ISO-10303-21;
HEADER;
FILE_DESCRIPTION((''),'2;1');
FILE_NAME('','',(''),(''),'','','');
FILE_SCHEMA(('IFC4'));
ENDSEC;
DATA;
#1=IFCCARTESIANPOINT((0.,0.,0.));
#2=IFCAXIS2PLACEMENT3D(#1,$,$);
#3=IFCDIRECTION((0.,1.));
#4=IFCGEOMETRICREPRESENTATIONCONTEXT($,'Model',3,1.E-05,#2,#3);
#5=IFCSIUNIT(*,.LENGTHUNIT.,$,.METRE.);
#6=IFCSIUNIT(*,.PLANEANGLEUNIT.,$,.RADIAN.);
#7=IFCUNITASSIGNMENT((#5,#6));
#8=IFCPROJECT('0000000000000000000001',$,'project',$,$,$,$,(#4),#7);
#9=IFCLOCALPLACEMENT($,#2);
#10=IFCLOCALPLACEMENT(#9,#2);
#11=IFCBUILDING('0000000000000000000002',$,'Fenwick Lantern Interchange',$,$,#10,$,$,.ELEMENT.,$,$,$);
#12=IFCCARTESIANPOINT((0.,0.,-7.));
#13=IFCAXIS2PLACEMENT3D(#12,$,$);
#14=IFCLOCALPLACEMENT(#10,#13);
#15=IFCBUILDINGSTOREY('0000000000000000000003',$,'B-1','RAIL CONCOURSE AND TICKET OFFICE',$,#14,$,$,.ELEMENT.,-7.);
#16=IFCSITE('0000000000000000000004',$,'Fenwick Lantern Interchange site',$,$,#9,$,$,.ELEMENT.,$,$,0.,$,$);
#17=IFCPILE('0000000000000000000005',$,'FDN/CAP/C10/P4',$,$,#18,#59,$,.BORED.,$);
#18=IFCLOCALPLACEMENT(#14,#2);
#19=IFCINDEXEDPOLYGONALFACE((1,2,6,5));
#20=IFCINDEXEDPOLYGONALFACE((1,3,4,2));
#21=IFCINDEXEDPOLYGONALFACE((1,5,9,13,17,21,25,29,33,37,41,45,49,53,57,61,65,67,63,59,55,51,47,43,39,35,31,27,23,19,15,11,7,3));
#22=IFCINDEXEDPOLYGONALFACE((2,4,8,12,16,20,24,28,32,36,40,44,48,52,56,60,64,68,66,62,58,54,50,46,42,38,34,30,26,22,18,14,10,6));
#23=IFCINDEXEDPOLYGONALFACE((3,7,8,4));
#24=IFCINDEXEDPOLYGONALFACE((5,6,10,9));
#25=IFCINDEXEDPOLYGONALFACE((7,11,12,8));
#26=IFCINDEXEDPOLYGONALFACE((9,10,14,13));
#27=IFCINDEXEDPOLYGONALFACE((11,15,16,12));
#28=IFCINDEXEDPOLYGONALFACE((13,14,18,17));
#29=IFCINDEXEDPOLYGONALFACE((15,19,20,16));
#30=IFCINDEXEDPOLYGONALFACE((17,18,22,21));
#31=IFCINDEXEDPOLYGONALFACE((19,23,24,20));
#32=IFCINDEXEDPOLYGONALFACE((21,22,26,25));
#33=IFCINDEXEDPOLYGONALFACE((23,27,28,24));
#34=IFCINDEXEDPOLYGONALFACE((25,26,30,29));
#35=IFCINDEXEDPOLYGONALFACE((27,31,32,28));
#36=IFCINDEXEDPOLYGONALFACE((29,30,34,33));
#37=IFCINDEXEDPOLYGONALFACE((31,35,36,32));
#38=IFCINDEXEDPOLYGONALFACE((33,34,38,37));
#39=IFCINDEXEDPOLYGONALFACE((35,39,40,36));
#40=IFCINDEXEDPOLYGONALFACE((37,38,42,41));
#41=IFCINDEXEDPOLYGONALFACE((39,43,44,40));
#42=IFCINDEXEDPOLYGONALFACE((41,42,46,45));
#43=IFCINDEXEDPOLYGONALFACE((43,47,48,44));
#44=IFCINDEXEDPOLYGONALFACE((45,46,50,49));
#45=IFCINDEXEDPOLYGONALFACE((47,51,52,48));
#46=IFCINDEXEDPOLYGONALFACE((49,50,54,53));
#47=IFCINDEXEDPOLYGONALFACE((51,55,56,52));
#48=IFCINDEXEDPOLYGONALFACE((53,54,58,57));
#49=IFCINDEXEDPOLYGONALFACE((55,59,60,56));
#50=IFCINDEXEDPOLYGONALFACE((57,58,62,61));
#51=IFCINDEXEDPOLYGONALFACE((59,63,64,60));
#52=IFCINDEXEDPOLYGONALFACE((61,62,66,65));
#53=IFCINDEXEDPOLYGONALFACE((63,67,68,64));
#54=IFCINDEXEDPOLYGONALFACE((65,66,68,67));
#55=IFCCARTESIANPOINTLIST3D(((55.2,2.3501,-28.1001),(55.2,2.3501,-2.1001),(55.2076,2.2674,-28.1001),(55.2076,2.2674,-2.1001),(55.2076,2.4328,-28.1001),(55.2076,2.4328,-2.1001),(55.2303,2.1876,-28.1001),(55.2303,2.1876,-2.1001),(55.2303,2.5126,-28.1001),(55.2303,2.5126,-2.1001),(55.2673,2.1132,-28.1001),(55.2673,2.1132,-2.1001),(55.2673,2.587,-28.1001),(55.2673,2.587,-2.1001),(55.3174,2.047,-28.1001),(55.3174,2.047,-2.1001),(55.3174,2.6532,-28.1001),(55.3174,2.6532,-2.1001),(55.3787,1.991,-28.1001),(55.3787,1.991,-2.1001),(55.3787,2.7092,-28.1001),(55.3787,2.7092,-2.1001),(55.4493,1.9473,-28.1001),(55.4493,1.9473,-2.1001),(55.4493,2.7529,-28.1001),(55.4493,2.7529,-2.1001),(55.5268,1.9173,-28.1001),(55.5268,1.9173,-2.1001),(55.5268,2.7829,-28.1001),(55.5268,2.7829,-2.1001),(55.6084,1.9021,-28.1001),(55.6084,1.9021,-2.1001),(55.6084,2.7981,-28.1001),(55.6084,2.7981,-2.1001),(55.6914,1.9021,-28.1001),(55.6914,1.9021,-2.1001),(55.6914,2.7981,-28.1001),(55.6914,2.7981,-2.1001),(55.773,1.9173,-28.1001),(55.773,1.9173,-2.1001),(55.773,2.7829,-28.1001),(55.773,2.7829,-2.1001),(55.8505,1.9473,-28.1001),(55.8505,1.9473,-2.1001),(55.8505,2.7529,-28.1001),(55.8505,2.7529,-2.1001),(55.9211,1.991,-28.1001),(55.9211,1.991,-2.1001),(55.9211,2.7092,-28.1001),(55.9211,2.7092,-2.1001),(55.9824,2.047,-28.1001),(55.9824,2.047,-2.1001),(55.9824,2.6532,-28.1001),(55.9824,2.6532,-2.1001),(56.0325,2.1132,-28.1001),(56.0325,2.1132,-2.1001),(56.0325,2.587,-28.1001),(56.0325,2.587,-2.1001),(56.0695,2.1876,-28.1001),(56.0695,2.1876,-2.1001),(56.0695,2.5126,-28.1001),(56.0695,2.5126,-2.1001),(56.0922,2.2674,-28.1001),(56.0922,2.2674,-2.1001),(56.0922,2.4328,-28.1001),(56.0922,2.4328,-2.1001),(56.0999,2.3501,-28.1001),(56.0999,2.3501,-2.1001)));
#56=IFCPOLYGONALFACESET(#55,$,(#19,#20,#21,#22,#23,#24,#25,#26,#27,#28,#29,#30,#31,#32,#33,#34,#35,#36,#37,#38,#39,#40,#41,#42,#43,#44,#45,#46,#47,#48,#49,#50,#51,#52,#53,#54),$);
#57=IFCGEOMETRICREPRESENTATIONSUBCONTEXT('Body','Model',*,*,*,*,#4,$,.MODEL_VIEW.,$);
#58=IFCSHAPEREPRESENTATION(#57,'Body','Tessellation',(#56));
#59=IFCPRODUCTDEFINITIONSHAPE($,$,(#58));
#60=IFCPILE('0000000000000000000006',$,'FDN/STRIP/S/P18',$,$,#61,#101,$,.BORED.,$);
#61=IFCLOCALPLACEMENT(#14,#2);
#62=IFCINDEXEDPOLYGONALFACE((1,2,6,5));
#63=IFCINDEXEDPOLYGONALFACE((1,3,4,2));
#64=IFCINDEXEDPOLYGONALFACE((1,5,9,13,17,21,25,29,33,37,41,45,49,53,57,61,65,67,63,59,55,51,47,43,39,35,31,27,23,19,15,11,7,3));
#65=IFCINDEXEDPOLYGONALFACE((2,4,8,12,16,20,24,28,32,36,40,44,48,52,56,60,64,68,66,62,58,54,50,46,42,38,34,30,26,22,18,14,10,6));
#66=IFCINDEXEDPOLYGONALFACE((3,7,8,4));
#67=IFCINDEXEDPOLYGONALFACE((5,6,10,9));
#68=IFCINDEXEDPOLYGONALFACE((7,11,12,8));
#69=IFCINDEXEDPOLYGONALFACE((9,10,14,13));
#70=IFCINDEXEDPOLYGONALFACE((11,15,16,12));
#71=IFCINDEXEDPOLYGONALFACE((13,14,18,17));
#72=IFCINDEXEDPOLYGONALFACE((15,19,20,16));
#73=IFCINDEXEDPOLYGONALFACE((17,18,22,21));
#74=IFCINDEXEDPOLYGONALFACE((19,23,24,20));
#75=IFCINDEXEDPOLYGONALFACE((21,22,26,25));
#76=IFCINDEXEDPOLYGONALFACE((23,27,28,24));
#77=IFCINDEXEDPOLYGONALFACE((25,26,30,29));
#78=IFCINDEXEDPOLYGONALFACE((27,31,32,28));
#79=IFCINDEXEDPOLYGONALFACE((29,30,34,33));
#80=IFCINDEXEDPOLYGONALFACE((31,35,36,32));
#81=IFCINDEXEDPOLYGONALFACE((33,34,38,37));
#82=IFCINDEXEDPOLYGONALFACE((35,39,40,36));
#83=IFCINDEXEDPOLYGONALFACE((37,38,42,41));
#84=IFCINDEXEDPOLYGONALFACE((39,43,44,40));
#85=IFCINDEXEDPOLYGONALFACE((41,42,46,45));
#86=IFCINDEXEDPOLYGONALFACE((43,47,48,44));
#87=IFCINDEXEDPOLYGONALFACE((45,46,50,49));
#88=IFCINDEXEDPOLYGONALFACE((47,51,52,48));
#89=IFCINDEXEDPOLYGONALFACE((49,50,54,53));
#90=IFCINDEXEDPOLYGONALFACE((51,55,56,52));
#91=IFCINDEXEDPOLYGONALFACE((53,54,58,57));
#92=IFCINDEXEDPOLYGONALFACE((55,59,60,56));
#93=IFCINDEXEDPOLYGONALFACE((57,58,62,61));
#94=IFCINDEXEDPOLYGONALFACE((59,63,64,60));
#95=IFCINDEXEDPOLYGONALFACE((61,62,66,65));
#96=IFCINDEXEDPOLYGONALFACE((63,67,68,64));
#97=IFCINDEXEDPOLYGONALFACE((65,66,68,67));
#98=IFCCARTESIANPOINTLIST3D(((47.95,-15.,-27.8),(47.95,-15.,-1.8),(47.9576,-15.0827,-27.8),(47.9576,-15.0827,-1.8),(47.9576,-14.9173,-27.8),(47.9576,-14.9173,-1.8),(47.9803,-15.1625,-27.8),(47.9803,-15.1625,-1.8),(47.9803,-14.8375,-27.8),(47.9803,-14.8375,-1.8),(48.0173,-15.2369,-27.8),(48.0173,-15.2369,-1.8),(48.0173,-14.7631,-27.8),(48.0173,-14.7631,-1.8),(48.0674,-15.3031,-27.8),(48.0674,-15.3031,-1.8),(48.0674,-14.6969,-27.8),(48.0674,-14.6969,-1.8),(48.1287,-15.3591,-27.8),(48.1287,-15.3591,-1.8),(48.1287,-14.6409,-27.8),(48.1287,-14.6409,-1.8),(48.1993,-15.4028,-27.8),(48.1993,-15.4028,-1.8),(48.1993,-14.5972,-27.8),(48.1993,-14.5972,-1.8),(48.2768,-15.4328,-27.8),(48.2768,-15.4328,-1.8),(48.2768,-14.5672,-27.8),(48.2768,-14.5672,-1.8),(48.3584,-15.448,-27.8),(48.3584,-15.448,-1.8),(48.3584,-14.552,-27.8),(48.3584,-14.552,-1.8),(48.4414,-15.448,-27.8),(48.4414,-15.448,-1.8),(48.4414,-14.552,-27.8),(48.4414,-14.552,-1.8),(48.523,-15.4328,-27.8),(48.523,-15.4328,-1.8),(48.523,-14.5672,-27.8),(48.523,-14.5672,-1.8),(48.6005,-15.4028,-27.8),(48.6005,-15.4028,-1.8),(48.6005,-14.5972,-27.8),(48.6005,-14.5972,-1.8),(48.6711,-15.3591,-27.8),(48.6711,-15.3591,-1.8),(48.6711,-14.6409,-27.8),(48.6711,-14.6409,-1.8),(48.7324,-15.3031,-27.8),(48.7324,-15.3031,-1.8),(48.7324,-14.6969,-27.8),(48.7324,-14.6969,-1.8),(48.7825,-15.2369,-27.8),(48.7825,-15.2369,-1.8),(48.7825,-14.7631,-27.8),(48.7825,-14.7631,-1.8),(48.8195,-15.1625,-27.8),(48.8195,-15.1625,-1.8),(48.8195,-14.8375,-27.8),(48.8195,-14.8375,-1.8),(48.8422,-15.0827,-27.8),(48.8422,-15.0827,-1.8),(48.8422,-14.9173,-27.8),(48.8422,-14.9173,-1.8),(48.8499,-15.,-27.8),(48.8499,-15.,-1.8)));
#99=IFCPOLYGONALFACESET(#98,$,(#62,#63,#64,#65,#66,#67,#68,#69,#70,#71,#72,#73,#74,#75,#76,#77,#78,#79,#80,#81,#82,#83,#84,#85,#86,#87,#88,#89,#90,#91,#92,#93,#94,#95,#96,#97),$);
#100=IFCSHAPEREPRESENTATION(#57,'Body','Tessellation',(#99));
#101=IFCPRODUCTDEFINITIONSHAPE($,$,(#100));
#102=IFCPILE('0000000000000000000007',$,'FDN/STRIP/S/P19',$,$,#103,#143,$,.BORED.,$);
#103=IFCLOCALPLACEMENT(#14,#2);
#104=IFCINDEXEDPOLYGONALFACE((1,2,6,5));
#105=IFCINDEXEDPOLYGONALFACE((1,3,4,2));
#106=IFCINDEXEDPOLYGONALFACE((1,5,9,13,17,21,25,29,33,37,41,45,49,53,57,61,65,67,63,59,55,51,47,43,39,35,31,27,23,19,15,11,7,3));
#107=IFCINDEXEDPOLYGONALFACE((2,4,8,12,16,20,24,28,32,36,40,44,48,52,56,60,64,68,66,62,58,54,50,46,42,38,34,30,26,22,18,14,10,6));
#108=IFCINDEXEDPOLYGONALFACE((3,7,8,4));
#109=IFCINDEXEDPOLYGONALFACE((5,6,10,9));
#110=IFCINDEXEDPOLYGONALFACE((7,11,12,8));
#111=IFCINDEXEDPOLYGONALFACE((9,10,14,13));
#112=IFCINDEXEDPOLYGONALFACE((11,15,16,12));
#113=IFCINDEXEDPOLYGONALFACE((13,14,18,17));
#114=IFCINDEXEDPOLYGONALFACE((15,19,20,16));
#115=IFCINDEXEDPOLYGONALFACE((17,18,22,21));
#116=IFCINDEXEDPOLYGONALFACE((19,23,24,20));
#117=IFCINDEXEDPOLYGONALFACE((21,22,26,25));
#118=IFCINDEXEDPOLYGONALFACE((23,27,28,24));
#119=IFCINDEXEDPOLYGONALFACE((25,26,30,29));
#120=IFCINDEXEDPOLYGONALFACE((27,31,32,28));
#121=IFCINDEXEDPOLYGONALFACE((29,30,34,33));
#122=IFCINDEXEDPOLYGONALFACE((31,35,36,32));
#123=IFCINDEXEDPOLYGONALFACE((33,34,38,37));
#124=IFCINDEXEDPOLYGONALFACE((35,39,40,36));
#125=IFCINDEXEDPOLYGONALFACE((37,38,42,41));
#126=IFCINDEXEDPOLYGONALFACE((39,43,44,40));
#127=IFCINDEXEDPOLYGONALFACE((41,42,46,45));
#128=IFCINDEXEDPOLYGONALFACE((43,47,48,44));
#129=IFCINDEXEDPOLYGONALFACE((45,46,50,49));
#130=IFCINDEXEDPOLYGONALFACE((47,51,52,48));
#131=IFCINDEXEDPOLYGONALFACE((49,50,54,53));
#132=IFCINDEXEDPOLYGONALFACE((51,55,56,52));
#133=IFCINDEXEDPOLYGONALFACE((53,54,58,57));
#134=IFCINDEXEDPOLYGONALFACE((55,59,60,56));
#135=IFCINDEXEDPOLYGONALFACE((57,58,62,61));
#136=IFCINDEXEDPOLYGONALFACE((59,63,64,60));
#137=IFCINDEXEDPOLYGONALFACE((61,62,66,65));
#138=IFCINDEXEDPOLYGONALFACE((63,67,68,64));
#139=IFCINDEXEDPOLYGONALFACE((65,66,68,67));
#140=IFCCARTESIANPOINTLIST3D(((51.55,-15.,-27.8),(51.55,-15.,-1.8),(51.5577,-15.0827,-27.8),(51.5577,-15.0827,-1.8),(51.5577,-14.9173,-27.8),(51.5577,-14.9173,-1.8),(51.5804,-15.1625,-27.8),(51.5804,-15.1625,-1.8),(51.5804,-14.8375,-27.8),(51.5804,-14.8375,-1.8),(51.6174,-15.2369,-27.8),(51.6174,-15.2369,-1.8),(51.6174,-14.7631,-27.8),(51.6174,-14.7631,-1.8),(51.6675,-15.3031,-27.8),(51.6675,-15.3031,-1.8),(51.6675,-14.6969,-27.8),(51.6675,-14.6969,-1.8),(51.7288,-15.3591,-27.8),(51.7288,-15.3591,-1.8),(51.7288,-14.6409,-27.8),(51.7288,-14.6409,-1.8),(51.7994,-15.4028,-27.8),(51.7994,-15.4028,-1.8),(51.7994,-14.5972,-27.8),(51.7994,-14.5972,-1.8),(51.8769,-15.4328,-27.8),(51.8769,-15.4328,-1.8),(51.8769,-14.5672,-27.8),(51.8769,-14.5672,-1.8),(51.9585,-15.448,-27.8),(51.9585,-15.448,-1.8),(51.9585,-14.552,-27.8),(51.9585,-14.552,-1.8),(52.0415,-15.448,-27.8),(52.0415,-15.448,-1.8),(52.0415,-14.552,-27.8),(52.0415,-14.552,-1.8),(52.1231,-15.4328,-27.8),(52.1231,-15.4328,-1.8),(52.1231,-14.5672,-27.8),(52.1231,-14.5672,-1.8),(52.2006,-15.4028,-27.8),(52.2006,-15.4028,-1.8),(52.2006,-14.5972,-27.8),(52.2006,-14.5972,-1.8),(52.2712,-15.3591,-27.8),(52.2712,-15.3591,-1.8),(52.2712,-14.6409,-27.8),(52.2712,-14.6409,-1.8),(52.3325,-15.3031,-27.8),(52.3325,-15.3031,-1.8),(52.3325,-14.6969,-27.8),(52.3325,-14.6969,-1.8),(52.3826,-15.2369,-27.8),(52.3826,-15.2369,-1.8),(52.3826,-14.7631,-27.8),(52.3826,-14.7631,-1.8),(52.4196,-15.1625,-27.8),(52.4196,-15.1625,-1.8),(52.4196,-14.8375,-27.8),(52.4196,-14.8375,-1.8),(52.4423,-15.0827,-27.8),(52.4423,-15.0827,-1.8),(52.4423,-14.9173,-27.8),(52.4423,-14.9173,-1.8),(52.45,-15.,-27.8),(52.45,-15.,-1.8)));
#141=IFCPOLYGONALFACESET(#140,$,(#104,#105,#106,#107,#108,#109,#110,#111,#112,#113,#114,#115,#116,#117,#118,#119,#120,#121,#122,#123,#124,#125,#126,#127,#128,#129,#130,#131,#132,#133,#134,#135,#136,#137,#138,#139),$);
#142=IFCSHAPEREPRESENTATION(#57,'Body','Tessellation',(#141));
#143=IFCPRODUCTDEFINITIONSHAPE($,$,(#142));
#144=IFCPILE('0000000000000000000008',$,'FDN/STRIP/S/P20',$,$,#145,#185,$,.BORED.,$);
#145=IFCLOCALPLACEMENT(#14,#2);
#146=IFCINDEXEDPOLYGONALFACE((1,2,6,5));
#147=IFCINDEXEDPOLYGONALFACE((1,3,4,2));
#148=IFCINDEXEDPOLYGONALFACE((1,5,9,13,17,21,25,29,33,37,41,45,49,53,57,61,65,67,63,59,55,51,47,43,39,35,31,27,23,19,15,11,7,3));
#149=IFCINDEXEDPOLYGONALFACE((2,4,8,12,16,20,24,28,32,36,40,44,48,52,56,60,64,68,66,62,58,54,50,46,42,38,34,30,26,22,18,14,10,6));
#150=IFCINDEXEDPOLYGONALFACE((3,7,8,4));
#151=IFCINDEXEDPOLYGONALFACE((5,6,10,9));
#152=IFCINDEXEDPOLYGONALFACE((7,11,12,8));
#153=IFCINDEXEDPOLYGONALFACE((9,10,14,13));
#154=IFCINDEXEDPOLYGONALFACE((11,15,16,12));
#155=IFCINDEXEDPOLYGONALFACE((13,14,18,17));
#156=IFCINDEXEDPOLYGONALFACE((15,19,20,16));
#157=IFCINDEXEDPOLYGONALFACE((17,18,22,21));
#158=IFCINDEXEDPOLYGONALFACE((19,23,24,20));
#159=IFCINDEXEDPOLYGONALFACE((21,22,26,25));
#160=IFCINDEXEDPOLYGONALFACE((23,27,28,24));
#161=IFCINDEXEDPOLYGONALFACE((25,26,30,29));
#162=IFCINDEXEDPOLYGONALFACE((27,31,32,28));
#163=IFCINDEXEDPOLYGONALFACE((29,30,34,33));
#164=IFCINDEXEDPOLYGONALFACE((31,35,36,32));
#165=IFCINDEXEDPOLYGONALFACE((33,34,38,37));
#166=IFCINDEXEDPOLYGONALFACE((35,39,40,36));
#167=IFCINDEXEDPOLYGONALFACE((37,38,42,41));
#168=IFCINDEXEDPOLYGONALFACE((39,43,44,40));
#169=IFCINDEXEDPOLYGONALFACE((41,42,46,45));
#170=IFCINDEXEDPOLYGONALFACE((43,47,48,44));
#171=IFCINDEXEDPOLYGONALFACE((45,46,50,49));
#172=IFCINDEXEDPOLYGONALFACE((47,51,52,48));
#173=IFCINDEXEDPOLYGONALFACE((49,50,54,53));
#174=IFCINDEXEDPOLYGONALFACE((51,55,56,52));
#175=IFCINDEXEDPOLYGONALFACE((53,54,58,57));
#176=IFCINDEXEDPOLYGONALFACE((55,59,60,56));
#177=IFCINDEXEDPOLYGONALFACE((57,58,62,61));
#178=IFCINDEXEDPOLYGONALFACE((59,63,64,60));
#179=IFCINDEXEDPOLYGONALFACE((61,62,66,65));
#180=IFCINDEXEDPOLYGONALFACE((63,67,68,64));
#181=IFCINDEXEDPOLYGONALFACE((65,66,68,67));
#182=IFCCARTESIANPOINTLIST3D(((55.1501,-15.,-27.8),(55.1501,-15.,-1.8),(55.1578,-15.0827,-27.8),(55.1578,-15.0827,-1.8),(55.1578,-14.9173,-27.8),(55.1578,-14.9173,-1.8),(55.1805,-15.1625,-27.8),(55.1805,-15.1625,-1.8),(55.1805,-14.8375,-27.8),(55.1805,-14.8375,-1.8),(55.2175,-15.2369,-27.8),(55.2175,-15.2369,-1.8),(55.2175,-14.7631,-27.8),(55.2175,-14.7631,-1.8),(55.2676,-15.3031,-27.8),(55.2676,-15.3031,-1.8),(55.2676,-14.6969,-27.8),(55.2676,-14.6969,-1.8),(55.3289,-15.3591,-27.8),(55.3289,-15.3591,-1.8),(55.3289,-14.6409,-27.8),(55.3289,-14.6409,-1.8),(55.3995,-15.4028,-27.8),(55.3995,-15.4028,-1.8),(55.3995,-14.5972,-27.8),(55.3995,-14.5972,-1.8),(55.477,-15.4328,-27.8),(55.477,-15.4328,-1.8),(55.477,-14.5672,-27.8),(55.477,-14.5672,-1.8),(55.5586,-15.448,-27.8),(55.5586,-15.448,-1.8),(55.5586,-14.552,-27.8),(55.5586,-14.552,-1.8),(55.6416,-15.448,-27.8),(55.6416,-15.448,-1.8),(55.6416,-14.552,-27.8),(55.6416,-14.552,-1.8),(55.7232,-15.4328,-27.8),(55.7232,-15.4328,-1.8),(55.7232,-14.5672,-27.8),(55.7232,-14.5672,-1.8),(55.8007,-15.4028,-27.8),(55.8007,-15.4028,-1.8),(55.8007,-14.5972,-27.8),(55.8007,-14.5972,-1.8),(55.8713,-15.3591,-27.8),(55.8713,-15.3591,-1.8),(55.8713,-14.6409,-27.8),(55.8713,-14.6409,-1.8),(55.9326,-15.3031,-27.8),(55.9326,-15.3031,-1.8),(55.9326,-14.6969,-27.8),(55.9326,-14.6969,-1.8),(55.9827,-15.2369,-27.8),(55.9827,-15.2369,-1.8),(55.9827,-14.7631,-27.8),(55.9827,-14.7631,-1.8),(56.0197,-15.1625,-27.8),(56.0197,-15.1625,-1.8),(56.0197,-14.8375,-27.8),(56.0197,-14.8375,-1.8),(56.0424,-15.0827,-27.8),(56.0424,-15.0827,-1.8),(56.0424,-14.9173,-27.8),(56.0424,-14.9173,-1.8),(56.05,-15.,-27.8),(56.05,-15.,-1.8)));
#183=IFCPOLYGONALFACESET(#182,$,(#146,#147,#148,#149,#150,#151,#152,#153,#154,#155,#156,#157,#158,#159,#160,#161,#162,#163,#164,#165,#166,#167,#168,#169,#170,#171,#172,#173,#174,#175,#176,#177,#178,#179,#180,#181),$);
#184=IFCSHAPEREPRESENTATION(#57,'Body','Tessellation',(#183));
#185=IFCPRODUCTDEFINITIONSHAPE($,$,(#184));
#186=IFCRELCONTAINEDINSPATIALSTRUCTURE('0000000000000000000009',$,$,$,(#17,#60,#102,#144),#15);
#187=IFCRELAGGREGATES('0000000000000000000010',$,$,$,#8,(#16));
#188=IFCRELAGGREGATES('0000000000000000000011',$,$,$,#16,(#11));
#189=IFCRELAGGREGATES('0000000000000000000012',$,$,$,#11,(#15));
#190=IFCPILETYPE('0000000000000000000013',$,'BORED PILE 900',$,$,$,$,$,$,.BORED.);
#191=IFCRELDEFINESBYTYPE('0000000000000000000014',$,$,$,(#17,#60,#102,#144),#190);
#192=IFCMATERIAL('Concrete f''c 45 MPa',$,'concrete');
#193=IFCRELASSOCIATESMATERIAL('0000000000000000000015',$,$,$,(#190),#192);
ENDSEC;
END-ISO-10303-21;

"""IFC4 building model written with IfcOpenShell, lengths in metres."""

from ifc_helpers import new_model, si_unit, direction, frame, origin, origin_2d, place, context, subcontext, project, spatial, circle, extrude, material, type_object, element, save


model = new_model("IFC4")

# Units and contexts
model_context = context("Model", 3, precision=1e-05, world=origin(), true_north=direction((0.0, 1.0)))
body_context = subcontext(model_context, "Body", "Model", "MODEL_VIEW")
ifc_project = project(units=[si_unit("LENGTHUNIT", "METRE"), si_unit("PLANEANGLEUNIT", "RADIAN")], contexts=[model_context])

# Site, building, storey
site_placement = place(None, origin())
site = spatial("IfcSite", under=ifc_project, at=site_placement, Name="Fenwick Lantern Interchange site", CompositionType="ELEMENT", RefElevation=0.0)
building_placement = place(site_placement, origin())
building = spatial("IfcBuilding", under=site, at=building_placement, Name="Fenwick Lantern Interchange", CompositionType="ELEMENT")
storey_placement = place(building_placement, frame((0.0, 0.0, -7.0)))
storey = spatial("IfcBuildingStorey", under=building, at=storey_placement, Name="B-1", Description="RAIL CONCOURSE AND TICKET OFFICE", CompositionType="ELEMENT", Elevation=-7.0)

# Piles
ifc_material_1 = material(Name="Concrete f'c 45 MPa", Category="concrete")
pile_type_1 = type_object("IfcPileType", Name="BORED PILE 900", PredefinedType="BORED", material=ifc_material_1)
for number, where, z_axis, x_axis, name in (
    (1, (55.6499, 2.3501, -2.1001), (0.0, 0.0, -1.0), (1.0, 0.0, 0.0), "FDN/CAP/C10/P4"),
    (2, (48.3999, -15.0, -1.8), (0.0, 0.0, -1.0), (1.0, 0.0, 0.0), "FDN/STRIP/S/P18"),
    (3, (52.0, -15.0, -1.8), (0.0, 0.0, -1.0), (1.0, 0.0, 0.0), "FDN/STRIP/S/P19"),
    (4, (55.6001, -15.0, -1.8), (0.0, 0.0, -1.0), (1.0, 0.0, 0.0), "FDN/STRIP/S/P20"),
):
    element("IfcPile", number, at=place(storey_placement, frame(where, z_axis=z_axis, x_axis=x_axis)), inside=storey, type_object=pile_type_1, Name=name, PredefinedType="BORED", context=body_context, shape_type="SweptSolid", body=[
        extrude(circle(Radius=0.45, at=origin_2d()), origin(), (0.0, 0.0, 1.0), 26.0),
    ])

save(model, "model.ifc")
